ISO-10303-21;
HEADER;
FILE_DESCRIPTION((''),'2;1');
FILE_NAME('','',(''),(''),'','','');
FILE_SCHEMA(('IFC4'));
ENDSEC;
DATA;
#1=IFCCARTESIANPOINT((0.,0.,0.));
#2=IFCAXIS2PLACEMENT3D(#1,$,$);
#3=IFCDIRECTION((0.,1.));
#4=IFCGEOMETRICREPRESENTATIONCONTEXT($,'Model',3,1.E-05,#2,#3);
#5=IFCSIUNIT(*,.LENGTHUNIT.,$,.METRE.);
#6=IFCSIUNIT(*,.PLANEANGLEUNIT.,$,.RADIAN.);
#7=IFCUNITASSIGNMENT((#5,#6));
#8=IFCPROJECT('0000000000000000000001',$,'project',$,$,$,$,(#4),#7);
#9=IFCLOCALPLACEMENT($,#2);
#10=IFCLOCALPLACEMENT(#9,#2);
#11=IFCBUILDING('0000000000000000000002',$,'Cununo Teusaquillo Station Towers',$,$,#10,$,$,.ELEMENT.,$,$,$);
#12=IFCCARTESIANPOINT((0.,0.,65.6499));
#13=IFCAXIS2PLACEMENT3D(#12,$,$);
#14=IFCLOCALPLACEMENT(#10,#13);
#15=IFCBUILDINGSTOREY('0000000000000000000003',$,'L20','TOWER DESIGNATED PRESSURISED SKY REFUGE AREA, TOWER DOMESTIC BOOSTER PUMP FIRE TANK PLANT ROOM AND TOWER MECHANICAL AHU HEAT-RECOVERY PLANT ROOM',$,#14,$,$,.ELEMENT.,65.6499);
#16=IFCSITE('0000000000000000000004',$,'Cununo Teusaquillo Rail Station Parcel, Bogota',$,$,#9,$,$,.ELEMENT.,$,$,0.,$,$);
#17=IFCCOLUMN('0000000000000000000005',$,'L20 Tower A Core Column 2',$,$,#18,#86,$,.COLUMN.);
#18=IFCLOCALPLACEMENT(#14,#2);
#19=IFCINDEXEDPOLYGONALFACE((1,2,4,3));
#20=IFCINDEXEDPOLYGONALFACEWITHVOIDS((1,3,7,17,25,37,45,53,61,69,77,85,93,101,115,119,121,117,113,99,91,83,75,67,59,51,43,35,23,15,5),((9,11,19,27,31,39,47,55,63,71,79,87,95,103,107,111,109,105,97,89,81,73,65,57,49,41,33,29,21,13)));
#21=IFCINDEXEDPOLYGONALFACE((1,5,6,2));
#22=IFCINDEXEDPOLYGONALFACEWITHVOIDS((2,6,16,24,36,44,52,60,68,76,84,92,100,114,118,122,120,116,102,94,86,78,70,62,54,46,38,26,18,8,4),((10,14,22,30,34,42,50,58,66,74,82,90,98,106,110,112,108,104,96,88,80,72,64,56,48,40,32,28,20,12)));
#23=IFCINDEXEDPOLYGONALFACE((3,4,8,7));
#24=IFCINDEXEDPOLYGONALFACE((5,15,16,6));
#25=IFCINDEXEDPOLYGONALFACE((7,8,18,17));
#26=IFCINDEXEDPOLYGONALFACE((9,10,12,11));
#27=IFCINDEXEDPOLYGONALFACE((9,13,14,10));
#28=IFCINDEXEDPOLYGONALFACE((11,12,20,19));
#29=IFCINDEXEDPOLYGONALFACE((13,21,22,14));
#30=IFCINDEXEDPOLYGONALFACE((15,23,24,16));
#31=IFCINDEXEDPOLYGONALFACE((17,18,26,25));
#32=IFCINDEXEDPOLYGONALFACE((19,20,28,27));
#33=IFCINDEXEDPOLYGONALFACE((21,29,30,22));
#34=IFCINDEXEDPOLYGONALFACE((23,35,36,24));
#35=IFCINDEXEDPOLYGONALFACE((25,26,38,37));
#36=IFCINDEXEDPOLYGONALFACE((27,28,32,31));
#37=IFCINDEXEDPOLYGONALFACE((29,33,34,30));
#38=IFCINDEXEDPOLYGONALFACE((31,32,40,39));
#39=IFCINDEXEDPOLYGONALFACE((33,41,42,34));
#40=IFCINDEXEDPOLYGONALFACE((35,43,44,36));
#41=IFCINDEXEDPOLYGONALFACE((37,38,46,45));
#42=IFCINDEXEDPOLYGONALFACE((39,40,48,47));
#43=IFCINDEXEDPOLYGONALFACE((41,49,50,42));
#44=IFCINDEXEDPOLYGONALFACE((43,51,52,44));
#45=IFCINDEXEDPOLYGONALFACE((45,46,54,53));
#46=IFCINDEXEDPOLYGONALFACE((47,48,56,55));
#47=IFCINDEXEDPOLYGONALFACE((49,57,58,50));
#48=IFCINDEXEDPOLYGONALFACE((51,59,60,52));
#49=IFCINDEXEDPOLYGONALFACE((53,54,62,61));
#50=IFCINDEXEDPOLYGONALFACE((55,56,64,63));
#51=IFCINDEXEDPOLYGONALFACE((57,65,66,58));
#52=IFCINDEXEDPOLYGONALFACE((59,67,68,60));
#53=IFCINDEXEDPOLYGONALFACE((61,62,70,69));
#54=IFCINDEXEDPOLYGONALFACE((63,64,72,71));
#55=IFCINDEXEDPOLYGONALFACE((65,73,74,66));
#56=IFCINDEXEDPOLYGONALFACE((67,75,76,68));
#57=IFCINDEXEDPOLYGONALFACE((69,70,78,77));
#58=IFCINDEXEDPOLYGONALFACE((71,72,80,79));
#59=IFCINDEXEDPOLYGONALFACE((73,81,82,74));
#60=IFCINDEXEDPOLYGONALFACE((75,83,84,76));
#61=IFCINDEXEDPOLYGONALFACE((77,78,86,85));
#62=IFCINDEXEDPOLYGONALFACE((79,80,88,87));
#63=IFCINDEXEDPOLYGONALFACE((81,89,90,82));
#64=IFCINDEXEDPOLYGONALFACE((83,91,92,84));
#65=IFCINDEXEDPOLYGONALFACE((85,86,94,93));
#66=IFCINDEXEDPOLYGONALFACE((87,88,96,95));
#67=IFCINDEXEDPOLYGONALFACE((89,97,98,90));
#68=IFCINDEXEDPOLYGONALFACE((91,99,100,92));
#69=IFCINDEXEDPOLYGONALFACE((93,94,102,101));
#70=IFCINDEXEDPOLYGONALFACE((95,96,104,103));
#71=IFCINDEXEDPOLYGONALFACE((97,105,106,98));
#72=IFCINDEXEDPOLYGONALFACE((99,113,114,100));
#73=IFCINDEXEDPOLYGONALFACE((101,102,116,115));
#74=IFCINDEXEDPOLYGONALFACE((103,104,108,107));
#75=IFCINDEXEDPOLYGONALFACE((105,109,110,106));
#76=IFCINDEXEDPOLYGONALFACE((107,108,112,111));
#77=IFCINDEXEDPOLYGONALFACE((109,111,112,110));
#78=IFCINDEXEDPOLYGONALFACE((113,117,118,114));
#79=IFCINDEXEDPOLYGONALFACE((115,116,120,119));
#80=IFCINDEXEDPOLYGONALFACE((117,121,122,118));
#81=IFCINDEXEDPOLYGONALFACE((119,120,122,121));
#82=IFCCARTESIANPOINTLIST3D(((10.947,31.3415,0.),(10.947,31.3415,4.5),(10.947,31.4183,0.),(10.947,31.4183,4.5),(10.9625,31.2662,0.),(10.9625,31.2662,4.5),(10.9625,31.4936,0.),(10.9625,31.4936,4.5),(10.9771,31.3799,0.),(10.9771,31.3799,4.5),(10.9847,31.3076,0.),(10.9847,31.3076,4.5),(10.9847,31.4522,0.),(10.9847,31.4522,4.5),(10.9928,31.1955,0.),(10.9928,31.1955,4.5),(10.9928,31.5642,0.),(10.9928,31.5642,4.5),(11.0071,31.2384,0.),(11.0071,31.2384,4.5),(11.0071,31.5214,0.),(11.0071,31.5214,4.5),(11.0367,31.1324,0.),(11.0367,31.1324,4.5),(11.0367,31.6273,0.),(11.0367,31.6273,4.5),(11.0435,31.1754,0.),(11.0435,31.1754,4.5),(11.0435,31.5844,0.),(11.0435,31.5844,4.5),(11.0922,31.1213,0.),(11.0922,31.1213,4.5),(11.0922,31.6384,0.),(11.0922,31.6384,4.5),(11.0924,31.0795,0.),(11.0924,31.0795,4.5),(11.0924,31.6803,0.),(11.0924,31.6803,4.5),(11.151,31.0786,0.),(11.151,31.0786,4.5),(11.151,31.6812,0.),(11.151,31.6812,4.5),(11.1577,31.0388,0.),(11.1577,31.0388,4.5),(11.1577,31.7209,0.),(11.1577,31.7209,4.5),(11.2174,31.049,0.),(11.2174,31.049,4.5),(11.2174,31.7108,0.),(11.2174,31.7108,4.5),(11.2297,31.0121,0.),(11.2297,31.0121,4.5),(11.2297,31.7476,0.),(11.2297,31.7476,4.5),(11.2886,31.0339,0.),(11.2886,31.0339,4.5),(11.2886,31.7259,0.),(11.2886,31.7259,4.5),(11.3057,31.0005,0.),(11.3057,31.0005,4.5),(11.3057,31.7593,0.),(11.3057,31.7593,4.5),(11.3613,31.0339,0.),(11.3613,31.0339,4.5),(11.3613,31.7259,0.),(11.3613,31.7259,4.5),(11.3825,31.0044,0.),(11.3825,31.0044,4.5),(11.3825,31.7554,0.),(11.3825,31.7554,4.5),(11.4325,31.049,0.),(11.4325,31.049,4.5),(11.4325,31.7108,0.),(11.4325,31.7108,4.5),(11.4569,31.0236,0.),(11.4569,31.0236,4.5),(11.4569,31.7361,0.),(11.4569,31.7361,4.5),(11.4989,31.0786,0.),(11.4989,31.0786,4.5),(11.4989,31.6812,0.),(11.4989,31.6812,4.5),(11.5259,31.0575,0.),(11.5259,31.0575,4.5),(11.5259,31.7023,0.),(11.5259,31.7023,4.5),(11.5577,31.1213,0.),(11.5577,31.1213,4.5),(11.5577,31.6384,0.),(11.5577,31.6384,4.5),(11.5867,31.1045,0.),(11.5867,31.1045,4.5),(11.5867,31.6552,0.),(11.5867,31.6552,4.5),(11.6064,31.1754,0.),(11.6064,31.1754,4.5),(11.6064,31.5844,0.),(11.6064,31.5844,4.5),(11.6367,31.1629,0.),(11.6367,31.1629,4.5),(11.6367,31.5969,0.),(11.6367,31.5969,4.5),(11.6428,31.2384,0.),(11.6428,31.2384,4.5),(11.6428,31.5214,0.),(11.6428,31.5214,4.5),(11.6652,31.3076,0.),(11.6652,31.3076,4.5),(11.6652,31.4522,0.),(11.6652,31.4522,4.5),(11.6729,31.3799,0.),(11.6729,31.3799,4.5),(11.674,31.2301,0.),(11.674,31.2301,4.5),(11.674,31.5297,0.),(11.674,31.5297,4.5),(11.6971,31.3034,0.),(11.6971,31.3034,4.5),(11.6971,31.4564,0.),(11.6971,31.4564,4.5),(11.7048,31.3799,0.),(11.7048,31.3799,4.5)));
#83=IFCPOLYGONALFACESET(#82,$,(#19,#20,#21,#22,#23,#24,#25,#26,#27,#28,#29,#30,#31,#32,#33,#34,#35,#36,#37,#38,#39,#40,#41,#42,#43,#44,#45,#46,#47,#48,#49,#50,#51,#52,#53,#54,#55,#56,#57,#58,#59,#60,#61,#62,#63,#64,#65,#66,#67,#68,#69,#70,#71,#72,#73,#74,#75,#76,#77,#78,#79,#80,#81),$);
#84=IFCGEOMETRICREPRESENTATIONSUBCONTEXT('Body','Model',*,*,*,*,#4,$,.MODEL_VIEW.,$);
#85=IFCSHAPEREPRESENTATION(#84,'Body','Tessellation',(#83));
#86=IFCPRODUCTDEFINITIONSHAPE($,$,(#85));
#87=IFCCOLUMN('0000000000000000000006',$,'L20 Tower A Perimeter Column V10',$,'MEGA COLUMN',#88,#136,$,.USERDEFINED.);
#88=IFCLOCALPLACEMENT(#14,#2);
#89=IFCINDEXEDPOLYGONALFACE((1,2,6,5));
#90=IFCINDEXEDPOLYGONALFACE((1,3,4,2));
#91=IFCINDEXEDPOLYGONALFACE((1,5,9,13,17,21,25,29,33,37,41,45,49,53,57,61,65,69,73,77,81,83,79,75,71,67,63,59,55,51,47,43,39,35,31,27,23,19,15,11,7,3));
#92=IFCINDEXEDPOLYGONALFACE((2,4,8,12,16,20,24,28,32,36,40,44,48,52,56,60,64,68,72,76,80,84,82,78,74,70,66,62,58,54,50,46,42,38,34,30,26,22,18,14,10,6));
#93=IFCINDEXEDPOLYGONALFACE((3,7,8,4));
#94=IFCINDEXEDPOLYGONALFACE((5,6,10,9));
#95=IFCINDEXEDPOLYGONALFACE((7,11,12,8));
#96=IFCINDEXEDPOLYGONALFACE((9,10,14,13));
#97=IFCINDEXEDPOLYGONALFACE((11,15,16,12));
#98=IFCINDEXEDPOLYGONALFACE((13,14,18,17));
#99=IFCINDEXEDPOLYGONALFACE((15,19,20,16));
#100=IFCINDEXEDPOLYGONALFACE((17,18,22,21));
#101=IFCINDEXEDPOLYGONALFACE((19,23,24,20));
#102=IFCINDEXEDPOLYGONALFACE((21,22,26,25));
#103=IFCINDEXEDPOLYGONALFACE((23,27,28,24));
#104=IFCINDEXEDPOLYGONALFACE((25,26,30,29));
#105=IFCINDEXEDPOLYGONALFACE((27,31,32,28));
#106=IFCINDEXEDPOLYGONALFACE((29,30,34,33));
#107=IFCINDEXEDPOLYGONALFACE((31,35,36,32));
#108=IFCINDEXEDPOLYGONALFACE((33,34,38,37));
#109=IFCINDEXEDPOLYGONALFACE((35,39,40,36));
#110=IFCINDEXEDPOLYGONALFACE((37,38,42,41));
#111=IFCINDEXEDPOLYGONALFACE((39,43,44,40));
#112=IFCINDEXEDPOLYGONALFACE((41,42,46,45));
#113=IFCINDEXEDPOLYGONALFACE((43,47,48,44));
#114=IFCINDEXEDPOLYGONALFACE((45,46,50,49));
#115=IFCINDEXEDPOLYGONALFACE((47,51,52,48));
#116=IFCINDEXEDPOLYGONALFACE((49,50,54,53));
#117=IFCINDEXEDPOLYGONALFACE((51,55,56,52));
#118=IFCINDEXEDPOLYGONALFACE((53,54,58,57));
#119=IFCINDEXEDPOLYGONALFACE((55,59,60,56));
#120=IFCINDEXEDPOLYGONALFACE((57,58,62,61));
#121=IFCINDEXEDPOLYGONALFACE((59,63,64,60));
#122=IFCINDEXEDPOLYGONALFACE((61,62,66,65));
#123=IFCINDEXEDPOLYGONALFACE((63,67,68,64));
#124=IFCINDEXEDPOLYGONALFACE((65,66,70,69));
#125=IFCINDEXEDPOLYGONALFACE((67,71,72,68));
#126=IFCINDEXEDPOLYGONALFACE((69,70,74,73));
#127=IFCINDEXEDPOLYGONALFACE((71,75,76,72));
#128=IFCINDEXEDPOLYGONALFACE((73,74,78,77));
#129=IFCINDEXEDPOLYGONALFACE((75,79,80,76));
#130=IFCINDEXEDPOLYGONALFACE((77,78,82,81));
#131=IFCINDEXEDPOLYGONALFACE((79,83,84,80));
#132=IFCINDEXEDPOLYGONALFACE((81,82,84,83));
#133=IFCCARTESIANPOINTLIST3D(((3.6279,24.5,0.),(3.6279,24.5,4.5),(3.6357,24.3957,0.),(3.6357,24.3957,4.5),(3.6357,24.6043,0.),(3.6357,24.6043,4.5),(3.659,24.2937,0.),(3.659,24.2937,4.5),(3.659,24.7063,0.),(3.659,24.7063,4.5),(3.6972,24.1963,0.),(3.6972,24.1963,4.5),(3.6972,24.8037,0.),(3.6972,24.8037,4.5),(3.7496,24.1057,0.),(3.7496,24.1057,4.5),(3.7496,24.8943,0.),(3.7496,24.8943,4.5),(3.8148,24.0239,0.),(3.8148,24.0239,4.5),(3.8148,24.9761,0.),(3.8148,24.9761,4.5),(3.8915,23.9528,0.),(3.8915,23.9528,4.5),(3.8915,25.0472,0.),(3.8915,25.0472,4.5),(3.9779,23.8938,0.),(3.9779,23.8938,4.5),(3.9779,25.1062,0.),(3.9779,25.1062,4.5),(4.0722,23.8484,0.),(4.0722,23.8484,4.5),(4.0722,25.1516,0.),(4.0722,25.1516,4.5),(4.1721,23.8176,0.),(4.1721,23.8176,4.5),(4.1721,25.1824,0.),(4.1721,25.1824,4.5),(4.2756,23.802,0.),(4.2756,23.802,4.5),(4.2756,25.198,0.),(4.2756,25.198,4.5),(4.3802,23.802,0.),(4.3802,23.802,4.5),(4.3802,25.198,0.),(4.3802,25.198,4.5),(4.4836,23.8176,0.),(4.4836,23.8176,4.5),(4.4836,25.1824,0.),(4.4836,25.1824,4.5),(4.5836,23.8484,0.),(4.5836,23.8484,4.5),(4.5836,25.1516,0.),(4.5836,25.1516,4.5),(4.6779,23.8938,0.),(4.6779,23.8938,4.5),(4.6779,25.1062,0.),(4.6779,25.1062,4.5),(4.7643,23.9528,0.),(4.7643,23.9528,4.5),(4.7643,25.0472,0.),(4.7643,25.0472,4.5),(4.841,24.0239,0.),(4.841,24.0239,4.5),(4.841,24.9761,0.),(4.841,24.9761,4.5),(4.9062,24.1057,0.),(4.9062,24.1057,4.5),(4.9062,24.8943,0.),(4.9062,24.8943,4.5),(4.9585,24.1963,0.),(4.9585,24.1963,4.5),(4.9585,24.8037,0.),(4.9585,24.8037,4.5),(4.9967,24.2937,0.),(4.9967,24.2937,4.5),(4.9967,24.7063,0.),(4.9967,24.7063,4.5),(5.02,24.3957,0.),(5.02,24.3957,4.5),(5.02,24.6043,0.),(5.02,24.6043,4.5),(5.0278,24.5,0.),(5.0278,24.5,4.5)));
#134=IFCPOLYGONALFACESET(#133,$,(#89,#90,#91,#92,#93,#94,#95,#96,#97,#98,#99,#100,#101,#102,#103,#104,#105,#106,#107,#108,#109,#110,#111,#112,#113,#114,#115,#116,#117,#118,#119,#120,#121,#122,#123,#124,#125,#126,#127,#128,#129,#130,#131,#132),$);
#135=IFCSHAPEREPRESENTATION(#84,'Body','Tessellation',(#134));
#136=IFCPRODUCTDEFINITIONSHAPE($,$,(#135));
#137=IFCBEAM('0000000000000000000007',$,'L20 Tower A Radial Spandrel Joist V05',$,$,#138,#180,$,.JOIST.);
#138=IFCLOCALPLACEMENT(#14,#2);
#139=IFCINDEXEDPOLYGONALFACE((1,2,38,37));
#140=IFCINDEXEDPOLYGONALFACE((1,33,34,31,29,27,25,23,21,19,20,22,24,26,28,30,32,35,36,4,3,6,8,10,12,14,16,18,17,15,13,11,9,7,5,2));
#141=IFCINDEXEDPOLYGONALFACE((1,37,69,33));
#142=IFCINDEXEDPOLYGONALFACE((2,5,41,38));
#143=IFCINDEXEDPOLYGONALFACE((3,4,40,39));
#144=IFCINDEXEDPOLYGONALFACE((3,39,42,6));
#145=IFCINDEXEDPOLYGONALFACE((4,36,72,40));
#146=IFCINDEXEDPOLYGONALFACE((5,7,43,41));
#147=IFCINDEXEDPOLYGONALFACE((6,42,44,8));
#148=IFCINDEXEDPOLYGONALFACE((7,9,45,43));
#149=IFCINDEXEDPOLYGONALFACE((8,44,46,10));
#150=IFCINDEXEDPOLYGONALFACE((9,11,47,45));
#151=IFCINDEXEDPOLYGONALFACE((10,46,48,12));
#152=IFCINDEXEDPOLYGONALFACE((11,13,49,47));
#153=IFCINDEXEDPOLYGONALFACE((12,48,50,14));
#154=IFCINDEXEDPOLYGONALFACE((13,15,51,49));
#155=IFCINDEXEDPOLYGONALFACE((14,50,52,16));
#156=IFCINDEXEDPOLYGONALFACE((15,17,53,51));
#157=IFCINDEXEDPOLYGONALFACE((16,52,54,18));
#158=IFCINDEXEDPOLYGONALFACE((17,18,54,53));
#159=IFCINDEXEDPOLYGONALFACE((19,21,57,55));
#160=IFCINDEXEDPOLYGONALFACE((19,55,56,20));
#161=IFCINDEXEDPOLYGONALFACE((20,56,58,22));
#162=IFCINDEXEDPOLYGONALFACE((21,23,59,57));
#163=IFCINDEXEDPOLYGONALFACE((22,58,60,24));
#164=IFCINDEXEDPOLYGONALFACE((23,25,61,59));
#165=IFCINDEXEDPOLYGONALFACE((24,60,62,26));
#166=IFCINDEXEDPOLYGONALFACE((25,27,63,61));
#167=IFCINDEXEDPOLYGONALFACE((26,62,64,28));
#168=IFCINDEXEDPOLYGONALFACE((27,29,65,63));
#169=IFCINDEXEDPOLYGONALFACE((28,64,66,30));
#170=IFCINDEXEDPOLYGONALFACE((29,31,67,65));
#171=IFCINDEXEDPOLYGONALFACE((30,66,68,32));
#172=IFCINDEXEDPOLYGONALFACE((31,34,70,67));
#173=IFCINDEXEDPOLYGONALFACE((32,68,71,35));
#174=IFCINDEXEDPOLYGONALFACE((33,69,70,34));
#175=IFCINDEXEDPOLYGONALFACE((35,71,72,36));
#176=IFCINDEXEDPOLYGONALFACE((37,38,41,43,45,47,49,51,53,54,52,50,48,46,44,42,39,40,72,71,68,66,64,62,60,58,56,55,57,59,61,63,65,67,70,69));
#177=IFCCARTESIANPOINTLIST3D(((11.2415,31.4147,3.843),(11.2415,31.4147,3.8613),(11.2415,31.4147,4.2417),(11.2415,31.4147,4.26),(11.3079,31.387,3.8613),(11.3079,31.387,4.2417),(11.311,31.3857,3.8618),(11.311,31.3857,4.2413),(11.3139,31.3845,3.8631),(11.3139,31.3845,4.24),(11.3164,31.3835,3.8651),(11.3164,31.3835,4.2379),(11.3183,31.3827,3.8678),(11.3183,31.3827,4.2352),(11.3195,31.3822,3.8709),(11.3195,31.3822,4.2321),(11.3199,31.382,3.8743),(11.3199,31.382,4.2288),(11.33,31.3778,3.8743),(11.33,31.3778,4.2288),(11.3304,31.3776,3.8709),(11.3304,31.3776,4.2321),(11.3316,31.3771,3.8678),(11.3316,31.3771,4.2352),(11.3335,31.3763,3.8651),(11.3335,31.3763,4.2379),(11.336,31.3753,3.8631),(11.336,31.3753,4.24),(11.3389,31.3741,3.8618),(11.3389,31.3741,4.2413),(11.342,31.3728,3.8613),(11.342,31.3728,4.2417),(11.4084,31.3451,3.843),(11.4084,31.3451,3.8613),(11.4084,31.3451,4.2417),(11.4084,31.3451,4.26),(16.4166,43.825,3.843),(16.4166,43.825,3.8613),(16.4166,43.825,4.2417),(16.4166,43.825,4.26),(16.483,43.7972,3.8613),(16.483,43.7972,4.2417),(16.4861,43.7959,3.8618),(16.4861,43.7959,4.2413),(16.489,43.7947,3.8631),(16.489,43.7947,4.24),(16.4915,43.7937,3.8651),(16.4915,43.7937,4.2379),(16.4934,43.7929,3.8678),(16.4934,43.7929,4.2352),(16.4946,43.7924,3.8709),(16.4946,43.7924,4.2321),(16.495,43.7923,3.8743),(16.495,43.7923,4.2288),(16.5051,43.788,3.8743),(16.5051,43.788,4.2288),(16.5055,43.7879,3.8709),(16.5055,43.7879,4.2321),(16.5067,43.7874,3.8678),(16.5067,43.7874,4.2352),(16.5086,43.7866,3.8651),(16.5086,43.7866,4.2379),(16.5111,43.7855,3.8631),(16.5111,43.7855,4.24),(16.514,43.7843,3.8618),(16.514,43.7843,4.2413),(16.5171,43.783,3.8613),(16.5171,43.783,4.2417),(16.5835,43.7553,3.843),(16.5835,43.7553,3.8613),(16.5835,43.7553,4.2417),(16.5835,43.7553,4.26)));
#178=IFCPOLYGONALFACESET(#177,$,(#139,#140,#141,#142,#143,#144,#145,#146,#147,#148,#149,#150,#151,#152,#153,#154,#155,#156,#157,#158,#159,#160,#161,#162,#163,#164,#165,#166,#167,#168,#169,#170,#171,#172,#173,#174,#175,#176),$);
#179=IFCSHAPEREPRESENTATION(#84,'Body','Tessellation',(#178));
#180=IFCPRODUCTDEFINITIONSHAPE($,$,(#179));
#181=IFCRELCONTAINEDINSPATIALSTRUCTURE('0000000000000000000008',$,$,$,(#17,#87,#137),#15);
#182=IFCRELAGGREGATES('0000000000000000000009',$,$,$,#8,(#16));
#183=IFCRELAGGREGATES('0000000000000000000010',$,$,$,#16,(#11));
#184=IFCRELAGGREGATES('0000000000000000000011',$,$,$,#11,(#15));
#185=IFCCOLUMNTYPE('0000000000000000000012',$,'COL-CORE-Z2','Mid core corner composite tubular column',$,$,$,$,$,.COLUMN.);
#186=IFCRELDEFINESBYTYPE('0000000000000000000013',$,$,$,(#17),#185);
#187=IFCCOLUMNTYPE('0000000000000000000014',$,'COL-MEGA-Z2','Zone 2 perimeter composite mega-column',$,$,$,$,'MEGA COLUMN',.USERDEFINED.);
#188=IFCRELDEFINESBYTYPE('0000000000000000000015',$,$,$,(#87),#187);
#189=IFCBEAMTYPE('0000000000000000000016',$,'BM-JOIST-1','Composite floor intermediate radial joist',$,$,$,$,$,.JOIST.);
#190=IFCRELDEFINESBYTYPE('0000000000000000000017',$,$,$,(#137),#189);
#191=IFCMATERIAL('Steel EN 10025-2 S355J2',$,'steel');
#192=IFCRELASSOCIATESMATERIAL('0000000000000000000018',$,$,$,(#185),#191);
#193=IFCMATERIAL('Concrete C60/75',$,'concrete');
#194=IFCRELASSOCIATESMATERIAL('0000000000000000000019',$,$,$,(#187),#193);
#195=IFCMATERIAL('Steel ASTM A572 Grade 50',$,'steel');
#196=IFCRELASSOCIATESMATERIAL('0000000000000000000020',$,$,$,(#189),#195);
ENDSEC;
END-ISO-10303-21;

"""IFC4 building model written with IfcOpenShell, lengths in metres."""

from ifc_helpers import new_model, si_unit, direction, frame, origin, origin_2d, place, context, subcontext, project, spatial, circle, hollow_circle, i_section, extrude, material, material_profile, profile_set, type_object, element, save


model = new_model("IFC4")

# Units and contexts
model_context = context("Model", 3, precision=1e-05, world=origin(), true_north=direction((0.0, 1.0)))
body_context = subcontext(model_context, "Body", "Model", "MODEL_VIEW")
ifc_project = project(units=[si_unit("LENGTHUNIT", "METRE"), si_unit("PLANEANGLEUNIT", "RADIAN")], contexts=[model_context])

# Site, building, storey
site_placement = place(None, origin())
site = spatial("IfcSite", under=ifc_project, at=site_placement, Name="Cununo Teusaquillo Rail Station Parcel, Bogota", CompositionType="ELEMENT", RefElevation=0.0)
building_placement = place(site_placement, origin())
building = spatial("IfcBuilding", under=site, at=building_placement, Name="Cununo Teusaquillo Station Towers", CompositionType="ELEMENT")
storey_placement = place(building_placement, frame((0.0, 0.0, 65.6499)))
storey = spatial("IfcBuildingStorey", under=building, at=storey_placement, Name="L20", Description="TOWER DESIGNATED PRESSURISED SKY REFUGE AREA, TOWER DOMESTIC BOOSTER PUMP FIRE TANK PLANT ROOM AND TOWER MECHANICAL AHU HEAT-RECOVERY PLANT ROOM", CompositionType="ELEMENT", Elevation=65.6499)

# Columns
ifc_material_1 = material(Name="Steel EN 10025-2 S355J2", Category="steel")
ifc_material_profile_1 = material_profile(ifc_material_1, hollow_circle(Radius=0.3799, WallThickness=0.032, at=origin_2d()), Name="CHS 760x32")
ifc_profile_set_1 = profile_set([ifc_material_profile_1], Name="Steel EN 10025-2 S355J2")
column_type_1 = type_object("IfcColumnType", Name="COL-CORE-Z2", Description="Mid core corner composite tubular column", PredefinedType="COLUMN", material=ifc_profile_set_1)
column_1_placement = place(storey_placement, frame((11.325, 31.3799, 0.0), z_axis=(0.0, 0.0, 1.0), x_axis=(1.0, 0.0, 0.0)))
element("IfcColumn", 1, at=column_1_placement, inside=storey, type_object=column_type_1, Name="L20 Tower A Core Column 2", PredefinedType="COLUMN", context=body_context, shape_type="SweptSolid", body=[
    extrude(hollow_circle(Radius=0.3799, WallThickness=0.032, at=origin_2d()), origin(), (0.0, 0.0, 1.0), 4.5),
])
ifc_material_2 = material(Name="Concrete C60/75", Category="concrete")
ifc_material_profile_2 = material_profile(ifc_material_2, circle(Radius=0.7, at=origin_2d()), Name="RC-CIRC-1400")
ifc_profile_set_2 = profile_set([ifc_material_profile_2], Name="Concrete C60/75")
column_type_2 = type_object("IfcColumnType", Name="COL-MEGA-Z2", Description="Zone 2 perimeter composite mega-column", ElementType="MEGA COLUMN", PredefinedType="USERDEFINED", material=ifc_profile_set_2)
column_2_placement = place(storey_placement, frame((4.3279, 24.5, 0.0), z_axis=(0.0, 0.0, 1.0), x_axis=(1.0, 0.0, 0.0)))
element("IfcColumn", 2, at=column_2_placement, inside=storey, type_object=column_type_2, Name="L20 Tower A Perimeter Column V10", ObjectType="MEGA COLUMN", PredefinedType="USERDEFINED", context=body_context, shape_type="SweptSolid", body=[
    extrude(circle(Radius=0.7, at=origin_2d()), origin(), (0.0, 0.0, 1.0), 4.5),
])

# Beam
ifc_material_3 = material(Name="Steel ASTM A572 Grade 50", Category="steel")
ifc_material_profile_3 = material_profile(ifc_material_3, i_section(OverallWidth=0.1809, OverallDepth=0.417, WebThickness=0.011, FlangeThickness=0.0183, FilletRadius=0.0129, at=origin_2d()), Name="W16X57")
ifc_profile_set_3 = profile_set([ifc_material_profile_3], Name="Steel ASTM A572 Grade 50")
beam_type_1 = type_object("IfcBeamType", Name="BM-JOIST-1", Description="Composite floor intermediate radial joist", PredefinedType="JOIST", material=ifc_profile_set_3)
beam_1_placement = place(storey_placement, frame((11.325, 31.3799, 4.0515), z_axis=(0.384878, 0.922967, 0.0), x_axis=(-0.922967, 0.384878, 0.0)))
element("IfcBeam", 3, at=beam_1_placement, inside=storey, type_object=beam_type_1, Name="L20 Tower A Radial Spandrel Joist V05", PredefinedType="JOIST", context=body_context, shape_type="SweptSolid", body=[
    extrude(i_section(OverallWidth=0.1809, OverallDepth=0.417, WebThickness=0.011, FlangeThickness=0.0183, FilletRadius=0.0129, at=origin_2d()), origin(), (0.0, 0.0, 1.0), 13.446),
])

save(model, "model.ifc")
